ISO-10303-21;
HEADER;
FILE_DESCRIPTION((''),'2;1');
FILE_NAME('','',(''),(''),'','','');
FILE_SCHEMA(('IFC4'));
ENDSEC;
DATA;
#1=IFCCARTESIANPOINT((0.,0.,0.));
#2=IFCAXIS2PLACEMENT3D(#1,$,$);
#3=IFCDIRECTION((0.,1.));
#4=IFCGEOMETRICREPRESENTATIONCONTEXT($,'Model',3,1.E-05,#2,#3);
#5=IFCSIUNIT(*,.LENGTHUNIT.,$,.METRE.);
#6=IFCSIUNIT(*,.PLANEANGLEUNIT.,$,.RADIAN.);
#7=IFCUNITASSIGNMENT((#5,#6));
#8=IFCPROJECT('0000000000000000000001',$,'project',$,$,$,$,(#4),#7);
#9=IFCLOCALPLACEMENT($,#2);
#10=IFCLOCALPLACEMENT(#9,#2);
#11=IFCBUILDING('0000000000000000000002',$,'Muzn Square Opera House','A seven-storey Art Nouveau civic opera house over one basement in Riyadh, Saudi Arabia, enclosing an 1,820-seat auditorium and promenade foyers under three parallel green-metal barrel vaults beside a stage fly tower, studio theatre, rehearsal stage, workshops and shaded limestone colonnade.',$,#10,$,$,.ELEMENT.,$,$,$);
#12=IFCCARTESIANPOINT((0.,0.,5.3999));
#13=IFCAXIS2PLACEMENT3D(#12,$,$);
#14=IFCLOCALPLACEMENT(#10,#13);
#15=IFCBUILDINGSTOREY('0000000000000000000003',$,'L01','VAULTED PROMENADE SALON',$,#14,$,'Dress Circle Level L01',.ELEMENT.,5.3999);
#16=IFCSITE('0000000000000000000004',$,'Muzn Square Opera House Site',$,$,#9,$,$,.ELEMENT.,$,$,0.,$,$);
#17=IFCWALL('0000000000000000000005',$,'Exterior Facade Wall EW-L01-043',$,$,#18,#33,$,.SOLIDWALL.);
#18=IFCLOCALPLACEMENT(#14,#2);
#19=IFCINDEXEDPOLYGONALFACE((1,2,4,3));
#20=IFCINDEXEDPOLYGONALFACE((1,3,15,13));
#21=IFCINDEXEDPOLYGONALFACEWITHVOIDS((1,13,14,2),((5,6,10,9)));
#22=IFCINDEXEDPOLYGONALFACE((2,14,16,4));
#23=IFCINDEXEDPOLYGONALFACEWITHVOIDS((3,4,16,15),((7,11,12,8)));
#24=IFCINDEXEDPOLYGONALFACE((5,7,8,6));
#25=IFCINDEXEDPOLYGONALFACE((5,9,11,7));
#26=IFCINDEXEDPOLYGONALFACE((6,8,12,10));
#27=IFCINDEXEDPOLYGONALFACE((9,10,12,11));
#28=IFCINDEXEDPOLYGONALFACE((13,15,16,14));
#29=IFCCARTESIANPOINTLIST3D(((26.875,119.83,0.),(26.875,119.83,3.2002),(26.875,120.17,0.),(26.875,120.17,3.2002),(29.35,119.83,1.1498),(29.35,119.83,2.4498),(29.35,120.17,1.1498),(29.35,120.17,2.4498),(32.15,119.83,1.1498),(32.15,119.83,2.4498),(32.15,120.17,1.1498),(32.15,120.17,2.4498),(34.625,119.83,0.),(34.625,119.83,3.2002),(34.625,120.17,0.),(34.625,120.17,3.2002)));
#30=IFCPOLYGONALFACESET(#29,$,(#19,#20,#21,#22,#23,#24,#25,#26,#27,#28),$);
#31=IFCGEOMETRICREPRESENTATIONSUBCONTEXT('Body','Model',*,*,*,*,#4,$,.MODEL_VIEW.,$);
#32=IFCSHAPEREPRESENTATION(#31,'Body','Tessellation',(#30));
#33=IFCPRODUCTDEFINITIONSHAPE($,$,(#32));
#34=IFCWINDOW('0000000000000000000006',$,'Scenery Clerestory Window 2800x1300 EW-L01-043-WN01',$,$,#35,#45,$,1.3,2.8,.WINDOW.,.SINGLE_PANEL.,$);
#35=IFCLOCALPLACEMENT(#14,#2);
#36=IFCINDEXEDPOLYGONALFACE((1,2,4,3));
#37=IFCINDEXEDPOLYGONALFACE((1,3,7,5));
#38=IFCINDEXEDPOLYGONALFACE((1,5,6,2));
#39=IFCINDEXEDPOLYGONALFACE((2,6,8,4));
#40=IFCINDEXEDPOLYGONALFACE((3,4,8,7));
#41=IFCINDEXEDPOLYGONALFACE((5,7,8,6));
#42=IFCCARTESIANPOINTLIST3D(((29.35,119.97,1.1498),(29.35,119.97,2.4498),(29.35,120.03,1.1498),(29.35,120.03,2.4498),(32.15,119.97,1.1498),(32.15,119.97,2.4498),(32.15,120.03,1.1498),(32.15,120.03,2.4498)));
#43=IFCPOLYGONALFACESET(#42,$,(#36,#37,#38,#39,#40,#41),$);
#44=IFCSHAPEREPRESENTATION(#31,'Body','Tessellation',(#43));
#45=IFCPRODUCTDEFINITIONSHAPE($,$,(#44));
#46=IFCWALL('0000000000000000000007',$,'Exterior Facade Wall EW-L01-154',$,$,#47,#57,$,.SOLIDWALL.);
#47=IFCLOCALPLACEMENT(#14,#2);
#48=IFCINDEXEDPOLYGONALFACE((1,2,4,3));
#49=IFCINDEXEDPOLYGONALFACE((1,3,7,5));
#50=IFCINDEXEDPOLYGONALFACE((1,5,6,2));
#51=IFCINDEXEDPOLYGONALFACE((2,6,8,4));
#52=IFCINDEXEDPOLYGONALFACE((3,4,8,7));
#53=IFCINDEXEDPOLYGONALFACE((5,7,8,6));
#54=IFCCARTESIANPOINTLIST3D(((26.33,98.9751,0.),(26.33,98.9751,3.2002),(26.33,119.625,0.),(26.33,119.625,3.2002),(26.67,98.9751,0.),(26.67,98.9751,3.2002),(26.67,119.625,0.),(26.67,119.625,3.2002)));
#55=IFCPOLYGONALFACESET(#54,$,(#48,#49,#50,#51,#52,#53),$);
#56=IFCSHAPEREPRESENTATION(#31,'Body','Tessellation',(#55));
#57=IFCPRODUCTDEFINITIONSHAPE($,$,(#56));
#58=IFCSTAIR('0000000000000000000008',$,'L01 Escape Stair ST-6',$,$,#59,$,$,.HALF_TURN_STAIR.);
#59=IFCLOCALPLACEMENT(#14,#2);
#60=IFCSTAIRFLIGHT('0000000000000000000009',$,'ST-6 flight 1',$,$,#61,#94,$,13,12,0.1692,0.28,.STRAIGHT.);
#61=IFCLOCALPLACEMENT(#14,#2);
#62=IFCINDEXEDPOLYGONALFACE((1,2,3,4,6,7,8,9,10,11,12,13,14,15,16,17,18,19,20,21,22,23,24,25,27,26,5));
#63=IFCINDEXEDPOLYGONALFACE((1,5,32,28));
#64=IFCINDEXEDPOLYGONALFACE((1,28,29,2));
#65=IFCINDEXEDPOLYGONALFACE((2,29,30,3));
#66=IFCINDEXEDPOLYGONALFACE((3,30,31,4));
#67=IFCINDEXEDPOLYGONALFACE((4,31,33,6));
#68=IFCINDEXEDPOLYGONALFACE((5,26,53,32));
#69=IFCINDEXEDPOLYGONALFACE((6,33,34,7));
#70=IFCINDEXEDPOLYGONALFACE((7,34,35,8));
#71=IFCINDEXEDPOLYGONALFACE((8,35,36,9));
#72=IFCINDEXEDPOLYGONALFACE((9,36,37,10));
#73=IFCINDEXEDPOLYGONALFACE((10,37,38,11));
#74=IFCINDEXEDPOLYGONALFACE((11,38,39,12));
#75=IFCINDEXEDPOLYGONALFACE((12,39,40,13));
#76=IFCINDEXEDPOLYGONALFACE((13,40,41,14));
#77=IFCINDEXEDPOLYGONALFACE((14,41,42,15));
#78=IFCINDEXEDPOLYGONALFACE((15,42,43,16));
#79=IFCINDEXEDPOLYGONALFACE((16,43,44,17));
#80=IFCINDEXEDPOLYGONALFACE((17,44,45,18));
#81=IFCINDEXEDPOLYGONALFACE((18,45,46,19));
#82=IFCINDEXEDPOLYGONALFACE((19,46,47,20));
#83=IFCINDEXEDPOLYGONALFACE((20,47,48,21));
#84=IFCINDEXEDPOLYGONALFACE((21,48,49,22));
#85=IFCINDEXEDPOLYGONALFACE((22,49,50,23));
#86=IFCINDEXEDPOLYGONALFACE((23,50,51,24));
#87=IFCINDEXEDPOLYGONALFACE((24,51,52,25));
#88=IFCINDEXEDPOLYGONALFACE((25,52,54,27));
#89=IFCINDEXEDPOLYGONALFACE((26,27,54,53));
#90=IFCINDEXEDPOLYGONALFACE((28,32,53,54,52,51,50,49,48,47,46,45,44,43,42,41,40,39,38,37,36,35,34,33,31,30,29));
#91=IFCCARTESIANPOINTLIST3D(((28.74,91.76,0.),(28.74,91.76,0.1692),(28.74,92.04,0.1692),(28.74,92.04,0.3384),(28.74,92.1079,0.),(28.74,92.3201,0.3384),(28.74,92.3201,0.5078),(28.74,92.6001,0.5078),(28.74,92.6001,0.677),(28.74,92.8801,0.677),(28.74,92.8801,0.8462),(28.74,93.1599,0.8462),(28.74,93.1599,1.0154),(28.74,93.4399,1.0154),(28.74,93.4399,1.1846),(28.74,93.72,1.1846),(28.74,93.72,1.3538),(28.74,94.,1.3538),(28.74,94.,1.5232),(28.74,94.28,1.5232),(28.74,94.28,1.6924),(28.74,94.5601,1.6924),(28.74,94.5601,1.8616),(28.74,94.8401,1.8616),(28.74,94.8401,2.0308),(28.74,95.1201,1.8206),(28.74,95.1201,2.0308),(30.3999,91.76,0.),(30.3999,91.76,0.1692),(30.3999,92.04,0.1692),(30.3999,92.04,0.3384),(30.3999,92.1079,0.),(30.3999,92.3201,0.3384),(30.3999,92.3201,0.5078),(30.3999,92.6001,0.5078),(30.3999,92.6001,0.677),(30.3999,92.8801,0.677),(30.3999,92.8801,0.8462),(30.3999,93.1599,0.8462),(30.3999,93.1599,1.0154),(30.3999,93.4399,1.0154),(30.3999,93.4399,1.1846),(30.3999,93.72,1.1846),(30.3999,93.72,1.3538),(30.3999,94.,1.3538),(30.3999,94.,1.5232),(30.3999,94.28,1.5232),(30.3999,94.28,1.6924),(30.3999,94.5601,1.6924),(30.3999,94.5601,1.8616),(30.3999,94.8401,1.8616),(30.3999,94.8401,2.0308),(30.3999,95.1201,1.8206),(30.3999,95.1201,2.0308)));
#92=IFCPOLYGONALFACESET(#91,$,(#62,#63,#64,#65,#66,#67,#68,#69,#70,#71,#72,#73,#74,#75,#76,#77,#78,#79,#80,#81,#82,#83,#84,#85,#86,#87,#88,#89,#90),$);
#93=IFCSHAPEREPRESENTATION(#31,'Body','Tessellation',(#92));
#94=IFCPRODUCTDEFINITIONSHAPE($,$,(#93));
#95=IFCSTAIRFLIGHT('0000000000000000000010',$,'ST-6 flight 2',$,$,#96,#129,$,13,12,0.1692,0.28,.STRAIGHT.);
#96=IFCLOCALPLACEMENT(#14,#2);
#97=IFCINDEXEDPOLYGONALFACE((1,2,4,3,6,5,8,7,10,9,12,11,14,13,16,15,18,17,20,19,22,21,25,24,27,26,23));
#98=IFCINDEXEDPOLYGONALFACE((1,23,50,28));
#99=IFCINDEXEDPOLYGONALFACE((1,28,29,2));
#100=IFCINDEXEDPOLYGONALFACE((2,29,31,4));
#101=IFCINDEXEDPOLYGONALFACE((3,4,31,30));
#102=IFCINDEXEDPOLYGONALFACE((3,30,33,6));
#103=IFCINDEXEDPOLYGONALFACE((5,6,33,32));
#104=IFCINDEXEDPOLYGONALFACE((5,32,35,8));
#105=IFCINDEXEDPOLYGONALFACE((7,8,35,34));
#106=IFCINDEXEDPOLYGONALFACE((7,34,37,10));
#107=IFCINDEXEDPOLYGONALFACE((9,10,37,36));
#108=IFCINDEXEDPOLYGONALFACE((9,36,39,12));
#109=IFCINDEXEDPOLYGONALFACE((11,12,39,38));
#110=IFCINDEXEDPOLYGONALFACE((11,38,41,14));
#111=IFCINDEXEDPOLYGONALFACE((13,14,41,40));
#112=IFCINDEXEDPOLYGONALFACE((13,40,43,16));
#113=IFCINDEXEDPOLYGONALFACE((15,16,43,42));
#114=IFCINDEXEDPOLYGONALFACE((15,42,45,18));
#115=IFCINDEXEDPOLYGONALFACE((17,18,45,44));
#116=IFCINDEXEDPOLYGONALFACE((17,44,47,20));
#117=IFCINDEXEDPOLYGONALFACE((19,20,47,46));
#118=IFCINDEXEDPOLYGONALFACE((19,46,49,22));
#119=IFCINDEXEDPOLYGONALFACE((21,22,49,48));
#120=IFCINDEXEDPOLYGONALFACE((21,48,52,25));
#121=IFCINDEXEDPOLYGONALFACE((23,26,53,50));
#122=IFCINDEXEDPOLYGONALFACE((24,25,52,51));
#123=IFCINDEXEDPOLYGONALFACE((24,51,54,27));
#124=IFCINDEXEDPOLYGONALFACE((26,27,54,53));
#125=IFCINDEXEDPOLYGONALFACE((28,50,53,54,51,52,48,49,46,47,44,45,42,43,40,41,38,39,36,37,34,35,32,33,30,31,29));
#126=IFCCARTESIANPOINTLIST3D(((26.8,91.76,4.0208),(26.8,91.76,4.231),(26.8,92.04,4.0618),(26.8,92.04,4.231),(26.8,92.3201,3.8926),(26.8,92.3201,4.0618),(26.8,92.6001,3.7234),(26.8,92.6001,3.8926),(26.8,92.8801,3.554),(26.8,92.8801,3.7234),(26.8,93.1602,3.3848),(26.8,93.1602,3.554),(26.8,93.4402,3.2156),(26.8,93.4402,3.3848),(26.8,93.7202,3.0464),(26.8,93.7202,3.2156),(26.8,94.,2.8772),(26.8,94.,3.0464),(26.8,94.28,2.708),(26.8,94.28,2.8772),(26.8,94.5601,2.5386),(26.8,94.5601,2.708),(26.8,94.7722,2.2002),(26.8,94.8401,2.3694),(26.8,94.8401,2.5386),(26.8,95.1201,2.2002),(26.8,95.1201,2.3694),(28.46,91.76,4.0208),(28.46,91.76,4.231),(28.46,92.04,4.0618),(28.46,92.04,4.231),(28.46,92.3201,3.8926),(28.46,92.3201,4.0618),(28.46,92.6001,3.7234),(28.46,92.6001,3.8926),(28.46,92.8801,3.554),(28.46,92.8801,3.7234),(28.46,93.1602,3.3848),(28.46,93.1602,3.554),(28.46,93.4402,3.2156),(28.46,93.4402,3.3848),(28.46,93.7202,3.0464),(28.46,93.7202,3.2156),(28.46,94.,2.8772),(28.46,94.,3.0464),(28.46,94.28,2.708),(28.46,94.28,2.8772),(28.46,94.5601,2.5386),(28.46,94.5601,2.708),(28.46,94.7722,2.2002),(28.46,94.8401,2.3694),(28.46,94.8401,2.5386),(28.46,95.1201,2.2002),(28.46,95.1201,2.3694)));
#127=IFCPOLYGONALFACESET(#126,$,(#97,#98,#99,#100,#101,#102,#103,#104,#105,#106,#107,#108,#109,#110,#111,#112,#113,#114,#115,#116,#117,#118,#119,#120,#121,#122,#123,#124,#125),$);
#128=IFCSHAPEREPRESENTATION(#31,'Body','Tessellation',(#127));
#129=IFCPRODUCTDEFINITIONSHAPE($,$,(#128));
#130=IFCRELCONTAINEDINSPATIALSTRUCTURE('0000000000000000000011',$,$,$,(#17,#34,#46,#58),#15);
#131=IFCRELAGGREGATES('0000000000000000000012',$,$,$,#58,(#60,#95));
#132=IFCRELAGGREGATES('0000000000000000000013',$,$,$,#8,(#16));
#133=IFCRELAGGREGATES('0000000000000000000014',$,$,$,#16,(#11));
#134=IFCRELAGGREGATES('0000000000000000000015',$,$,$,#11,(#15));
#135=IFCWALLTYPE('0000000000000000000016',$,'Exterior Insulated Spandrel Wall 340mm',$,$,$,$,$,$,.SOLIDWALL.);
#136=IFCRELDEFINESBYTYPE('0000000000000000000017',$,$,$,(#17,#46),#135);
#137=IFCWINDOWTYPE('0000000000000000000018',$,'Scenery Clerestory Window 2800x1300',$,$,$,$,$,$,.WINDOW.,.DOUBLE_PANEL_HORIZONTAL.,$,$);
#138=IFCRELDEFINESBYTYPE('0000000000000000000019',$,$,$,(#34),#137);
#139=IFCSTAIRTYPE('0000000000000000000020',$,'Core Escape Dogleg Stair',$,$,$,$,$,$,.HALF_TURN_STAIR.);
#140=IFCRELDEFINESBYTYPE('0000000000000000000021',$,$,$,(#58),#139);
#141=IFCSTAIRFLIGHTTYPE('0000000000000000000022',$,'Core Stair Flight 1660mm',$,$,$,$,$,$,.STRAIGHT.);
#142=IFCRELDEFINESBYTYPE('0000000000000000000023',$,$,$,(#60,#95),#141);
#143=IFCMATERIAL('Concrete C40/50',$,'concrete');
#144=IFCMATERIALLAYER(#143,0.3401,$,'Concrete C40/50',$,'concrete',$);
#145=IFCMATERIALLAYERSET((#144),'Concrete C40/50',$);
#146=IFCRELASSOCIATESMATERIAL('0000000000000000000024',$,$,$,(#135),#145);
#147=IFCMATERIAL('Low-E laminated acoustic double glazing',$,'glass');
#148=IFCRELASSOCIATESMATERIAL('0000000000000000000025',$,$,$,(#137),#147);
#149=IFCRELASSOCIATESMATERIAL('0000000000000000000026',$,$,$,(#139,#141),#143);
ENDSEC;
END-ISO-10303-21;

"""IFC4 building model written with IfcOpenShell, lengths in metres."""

from ifc_helpers import new_model, si_unit, direction, frame, frame_2d, origin, place, context, subcontext, project, spatial, polyline, rectangle, outline, extrude, material, layer, layer_set, type_object, element, fill, aggregate, save


model = new_model("IFC4")

# Units and contexts
model_context = context("Model", 3, precision=1e-05, world=origin(), true_north=direction((0.0, 1.0)))
body_context = subcontext(model_context, "Body", "Model", "MODEL_VIEW")
ifc_project = project(units=[si_unit("LENGTHUNIT", "METRE"), si_unit("PLANEANGLEUNIT", "RADIAN")], contexts=[model_context])

# Site, building, storey
site_placement = place(None, origin())
site = spatial("IfcSite", under=ifc_project, at=site_placement, Name="Muzn Square Opera House Site", CompositionType="ELEMENT", RefElevation=0.0)
building_placement = place(site_placement, origin())
building = spatial("IfcBuilding", under=site, at=building_placement, Name="Muzn Square Opera House", Description="A seven-storey Art Nouveau civic opera house over one basement in Riyadh, Saudi Arabia, enclosing an 1,820-seat auditorium and promenade foyers under three parallel green-metal barrel vaults beside a stage fly tower, studio theatre, rehearsal stage, workshops and shaded limestone colonnade.", CompositionType="ELEMENT")
storey_placement = place(building_placement, frame((0.0, 0.0, 5.3999)))
storey = spatial("IfcBuildingStorey", under=building, at=storey_placement, Name="L01", Description="VAULTED PROMENADE SALON", LongName="Dress Circle Level L01", CompositionType="ELEMENT", Elevation=5.3999)

# Shared definitions
ifc_material_1 = material(Name="Concrete C40/50", Category="concrete")

# Wall, opening, window
ifc_layer_1 = layer(ifc_material_1, 0.3401, Name="Concrete C40/50", Category="concrete")
ifc_layer_set_1 = layer_set([ifc_layer_1], Name="Concrete C40/50")
wall_type_1 = type_object("IfcWallType", Name="Exterior Insulated Spandrel Wall 340mm", PredefinedType="SOLIDWALL", material=ifc_layer_set_1)
wall_1_placement = place(storey_placement, frame((26.875, 120.0, 0.0), z_axis=(0.0, 0.0, 1.0), x_axis=(1.0, 0.0, 0.0)))
wall_1 = element("IfcWall", 1, at=wall_1_placement, inside=storey, type_object=wall_type_1, Name="Exterior Facade Wall EW-L01-043", PredefinedType="SOLIDWALL", context=body_context, shape_type="SweptSolid", body=[
    extrude(rectangle(XDim=7.75, YDim=0.3401, at=frame_2d((3.875, 0.0))), origin(), (0.0, 0.0, 1.0), 3.2002),
])
opening_placement = place(wall_1_placement, frame((2.4751, 0.0, 1.1499)))
opening = element("IfcOpeningElement", 2, at=opening_placement, cuts=wall_1, PredefinedType="OPENING", context=body_context, shape_type="SweptSolid", body=[
    extrude(rectangle(XDim=2.8, YDim=1.3, at=frame_2d((1.3999, 0.6499))), frame((0.0, 0.1799, 0.0), z_axis=(0.0, -1.0, 0.0), x_axis=(1.0, 0.0, 0.0)), (0.0, 0.0, 1.0), 0.3601),
])
ifc_material_2 = material(Name="Low-E laminated acoustic double glazing", Category="glass")
window_type = type_object("IfcWindowType", Name="Scenery Clerestory Window 2800x1300", PartitioningType="DOUBLE_PANEL_HORIZONTAL", PredefinedType="WINDOW", material=ifc_material_2)
window_placement = place(opening_placement, origin())
window = element("IfcWindow", 3, at=window_placement, inside=storey, type_object=window_type, Name="Scenery Clerestory Window 2800x1300 EW-L01-043-WN01", OverallHeight=1.3, OverallWidth=2.8, PartitioningType="SINGLE_PANEL", PredefinedType="WINDOW", context=body_context, shape_type="SweptSolid", body=[
    extrude(rectangle(XDim=2.8, YDim=1.3, at=frame_2d((1.3999, 0.6499))), frame((0.0, 0.03, 0.0), z_axis=(0.0, -1.0, 0.0), x_axis=(1.0, 0.0, 0.0)), (0.0, 0.0, 1.0), 0.0601),
])
fill(opening, window)

# Wall
wall_2_placement = place(storey_placement, frame((26.5, 98.9751, 0.0), z_axis=(0.0, 0.0, 1.0), x_axis=(0.0, 1.0, 0.0)))
element("IfcWall", 4, at=wall_2_placement, inside=storey, type_object=wall_type_1, Name="Exterior Facade Wall EW-L01-154", PredefinedType="SOLIDWALL", context=body_context, shape_type="SweptSolid", body=[
    extrude(rectangle(XDim=20.6499, YDim=0.3401, at=frame_2d((10.325, 0.0))), origin(), (0.0, 0.0, 1.0), 3.2002),
])

# Stair, stair flights
stair_type = type_object("IfcStairType", Name="Core Escape Dogleg Stair", PredefinedType="HALF_TURN_STAIR", material=ifc_material_1)
stair_placement = place(storey_placement, origin())
stair = element("IfcStair", 5, at=stair_placement, inside=storey, type_object=stair_type, Name="L01 Escape Stair ST-6", PredefinedType="HALF_TURN_STAIR")
stair_flight_type = type_object("IfcStairFlightType", Name="Core Stair Flight 1660mm", PredefinedType="STRAIGHT", material=ifc_material_1)
stair_flight_1_placement = place(storey_placement, frame((29.5701, 91.76, 0.0), z_axis=(0.0, 0.0, 1.0), x_axis=(0.0, 1.0, 0.0)))
stair_flight_1 = element("IfcStairFlight", 6, at=stair_flight_1_placement, type_object=stair_flight_type, Name="ST-6 flight 1", NumberOfRisers=13, NumberOfTreads=12, PredefinedType="STRAIGHT", RiserHeight=0.1692, TreadLength=0.28, context=body_context, shape_type="SweptSolid", body=[
    extrude(outline(polyline([(0.0, 0.0), (0.0, 0.1692), (0.28, 0.1692), (0.28, 0.3384), (0.5601, 0.3384), (0.5601, 0.5078), (0.8401, 0.5078), (0.8401, 0.677), (1.1201, 0.677), (1.1201, 0.8462), (1.3999, 0.8462), (1.3999, 1.0154), (1.6799, 1.0154), (1.6799, 1.1846), (1.96, 1.1846), (1.96, 1.3538), (2.24, 1.3538), (2.24, 1.5232), (2.52, 1.5232), (2.52, 1.6924), (2.8, 1.6924), (2.8, 1.8616), (3.0801, 1.8616), (3.0801, 2.0308), (3.3601, 2.0308), (3.3601, 2.2), (3.3601, 1.8206), (0.3479, 0.0), (0.0, 0.0)])), frame((0.0, 0.8301, 0.0), z_axis=(0.0, -1.0, 0.0), x_axis=(1.0, 0.0, 0.0)), (0.0, 0.0, 1.0), 1.6599),
])
stair_flight_2_placement = place(storey_placement, frame((27.6299, 95.1201, 2.2002), z_axis=(0.0, 0.0, 1.0), x_axis=(0.0, -1.0, 0.0)))
stair_flight_2 = element("IfcStairFlight", 7, at=stair_flight_2_placement, type_object=stair_flight_type, Name="ST-6 flight 2", NumberOfRisers=13, NumberOfTreads=12, PredefinedType="STRAIGHT", RiserHeight=0.1692, TreadLength=0.28, context=body_context, shape_type="SweptSolid", body=[
    extrude(outline(polyline([(0.0, 0.0), (0.0, 0.1692), (0.28, 0.1692), (0.28, 0.3384), (0.5601, 0.3384), (0.5601, 0.5078), (0.8401, 0.5078), (0.8401, 0.677), (1.1201, 0.677), (1.1201, 0.8462), (1.3999, 0.8462), (1.3999, 1.0154), (1.6799, 1.0154), (1.6799, 1.1846), (1.96, 1.1846), (1.96, 1.3538), (2.24, 1.3538), (2.24, 1.5232), (2.52, 1.5232), (2.52, 1.6924), (2.8, 1.6924), (2.8, 1.8616), (3.0801, 1.8616), (3.0801, 2.0308), (3.3601, 2.0308), (3.3601, 2.2), (3.3601, 1.8206), (0.3479, 0.0), (0.0, 0.0)])), frame((0.0, 0.8301, 0.0), z_axis=(0.0, -1.0, 0.0), x_axis=(1.0, 0.0, 0.0)), (0.0, 0.0, 1.0), 1.6599),
])
aggregate(stair, [stair_flight_1, stair_flight_2])

save(model, "model.ifc")
